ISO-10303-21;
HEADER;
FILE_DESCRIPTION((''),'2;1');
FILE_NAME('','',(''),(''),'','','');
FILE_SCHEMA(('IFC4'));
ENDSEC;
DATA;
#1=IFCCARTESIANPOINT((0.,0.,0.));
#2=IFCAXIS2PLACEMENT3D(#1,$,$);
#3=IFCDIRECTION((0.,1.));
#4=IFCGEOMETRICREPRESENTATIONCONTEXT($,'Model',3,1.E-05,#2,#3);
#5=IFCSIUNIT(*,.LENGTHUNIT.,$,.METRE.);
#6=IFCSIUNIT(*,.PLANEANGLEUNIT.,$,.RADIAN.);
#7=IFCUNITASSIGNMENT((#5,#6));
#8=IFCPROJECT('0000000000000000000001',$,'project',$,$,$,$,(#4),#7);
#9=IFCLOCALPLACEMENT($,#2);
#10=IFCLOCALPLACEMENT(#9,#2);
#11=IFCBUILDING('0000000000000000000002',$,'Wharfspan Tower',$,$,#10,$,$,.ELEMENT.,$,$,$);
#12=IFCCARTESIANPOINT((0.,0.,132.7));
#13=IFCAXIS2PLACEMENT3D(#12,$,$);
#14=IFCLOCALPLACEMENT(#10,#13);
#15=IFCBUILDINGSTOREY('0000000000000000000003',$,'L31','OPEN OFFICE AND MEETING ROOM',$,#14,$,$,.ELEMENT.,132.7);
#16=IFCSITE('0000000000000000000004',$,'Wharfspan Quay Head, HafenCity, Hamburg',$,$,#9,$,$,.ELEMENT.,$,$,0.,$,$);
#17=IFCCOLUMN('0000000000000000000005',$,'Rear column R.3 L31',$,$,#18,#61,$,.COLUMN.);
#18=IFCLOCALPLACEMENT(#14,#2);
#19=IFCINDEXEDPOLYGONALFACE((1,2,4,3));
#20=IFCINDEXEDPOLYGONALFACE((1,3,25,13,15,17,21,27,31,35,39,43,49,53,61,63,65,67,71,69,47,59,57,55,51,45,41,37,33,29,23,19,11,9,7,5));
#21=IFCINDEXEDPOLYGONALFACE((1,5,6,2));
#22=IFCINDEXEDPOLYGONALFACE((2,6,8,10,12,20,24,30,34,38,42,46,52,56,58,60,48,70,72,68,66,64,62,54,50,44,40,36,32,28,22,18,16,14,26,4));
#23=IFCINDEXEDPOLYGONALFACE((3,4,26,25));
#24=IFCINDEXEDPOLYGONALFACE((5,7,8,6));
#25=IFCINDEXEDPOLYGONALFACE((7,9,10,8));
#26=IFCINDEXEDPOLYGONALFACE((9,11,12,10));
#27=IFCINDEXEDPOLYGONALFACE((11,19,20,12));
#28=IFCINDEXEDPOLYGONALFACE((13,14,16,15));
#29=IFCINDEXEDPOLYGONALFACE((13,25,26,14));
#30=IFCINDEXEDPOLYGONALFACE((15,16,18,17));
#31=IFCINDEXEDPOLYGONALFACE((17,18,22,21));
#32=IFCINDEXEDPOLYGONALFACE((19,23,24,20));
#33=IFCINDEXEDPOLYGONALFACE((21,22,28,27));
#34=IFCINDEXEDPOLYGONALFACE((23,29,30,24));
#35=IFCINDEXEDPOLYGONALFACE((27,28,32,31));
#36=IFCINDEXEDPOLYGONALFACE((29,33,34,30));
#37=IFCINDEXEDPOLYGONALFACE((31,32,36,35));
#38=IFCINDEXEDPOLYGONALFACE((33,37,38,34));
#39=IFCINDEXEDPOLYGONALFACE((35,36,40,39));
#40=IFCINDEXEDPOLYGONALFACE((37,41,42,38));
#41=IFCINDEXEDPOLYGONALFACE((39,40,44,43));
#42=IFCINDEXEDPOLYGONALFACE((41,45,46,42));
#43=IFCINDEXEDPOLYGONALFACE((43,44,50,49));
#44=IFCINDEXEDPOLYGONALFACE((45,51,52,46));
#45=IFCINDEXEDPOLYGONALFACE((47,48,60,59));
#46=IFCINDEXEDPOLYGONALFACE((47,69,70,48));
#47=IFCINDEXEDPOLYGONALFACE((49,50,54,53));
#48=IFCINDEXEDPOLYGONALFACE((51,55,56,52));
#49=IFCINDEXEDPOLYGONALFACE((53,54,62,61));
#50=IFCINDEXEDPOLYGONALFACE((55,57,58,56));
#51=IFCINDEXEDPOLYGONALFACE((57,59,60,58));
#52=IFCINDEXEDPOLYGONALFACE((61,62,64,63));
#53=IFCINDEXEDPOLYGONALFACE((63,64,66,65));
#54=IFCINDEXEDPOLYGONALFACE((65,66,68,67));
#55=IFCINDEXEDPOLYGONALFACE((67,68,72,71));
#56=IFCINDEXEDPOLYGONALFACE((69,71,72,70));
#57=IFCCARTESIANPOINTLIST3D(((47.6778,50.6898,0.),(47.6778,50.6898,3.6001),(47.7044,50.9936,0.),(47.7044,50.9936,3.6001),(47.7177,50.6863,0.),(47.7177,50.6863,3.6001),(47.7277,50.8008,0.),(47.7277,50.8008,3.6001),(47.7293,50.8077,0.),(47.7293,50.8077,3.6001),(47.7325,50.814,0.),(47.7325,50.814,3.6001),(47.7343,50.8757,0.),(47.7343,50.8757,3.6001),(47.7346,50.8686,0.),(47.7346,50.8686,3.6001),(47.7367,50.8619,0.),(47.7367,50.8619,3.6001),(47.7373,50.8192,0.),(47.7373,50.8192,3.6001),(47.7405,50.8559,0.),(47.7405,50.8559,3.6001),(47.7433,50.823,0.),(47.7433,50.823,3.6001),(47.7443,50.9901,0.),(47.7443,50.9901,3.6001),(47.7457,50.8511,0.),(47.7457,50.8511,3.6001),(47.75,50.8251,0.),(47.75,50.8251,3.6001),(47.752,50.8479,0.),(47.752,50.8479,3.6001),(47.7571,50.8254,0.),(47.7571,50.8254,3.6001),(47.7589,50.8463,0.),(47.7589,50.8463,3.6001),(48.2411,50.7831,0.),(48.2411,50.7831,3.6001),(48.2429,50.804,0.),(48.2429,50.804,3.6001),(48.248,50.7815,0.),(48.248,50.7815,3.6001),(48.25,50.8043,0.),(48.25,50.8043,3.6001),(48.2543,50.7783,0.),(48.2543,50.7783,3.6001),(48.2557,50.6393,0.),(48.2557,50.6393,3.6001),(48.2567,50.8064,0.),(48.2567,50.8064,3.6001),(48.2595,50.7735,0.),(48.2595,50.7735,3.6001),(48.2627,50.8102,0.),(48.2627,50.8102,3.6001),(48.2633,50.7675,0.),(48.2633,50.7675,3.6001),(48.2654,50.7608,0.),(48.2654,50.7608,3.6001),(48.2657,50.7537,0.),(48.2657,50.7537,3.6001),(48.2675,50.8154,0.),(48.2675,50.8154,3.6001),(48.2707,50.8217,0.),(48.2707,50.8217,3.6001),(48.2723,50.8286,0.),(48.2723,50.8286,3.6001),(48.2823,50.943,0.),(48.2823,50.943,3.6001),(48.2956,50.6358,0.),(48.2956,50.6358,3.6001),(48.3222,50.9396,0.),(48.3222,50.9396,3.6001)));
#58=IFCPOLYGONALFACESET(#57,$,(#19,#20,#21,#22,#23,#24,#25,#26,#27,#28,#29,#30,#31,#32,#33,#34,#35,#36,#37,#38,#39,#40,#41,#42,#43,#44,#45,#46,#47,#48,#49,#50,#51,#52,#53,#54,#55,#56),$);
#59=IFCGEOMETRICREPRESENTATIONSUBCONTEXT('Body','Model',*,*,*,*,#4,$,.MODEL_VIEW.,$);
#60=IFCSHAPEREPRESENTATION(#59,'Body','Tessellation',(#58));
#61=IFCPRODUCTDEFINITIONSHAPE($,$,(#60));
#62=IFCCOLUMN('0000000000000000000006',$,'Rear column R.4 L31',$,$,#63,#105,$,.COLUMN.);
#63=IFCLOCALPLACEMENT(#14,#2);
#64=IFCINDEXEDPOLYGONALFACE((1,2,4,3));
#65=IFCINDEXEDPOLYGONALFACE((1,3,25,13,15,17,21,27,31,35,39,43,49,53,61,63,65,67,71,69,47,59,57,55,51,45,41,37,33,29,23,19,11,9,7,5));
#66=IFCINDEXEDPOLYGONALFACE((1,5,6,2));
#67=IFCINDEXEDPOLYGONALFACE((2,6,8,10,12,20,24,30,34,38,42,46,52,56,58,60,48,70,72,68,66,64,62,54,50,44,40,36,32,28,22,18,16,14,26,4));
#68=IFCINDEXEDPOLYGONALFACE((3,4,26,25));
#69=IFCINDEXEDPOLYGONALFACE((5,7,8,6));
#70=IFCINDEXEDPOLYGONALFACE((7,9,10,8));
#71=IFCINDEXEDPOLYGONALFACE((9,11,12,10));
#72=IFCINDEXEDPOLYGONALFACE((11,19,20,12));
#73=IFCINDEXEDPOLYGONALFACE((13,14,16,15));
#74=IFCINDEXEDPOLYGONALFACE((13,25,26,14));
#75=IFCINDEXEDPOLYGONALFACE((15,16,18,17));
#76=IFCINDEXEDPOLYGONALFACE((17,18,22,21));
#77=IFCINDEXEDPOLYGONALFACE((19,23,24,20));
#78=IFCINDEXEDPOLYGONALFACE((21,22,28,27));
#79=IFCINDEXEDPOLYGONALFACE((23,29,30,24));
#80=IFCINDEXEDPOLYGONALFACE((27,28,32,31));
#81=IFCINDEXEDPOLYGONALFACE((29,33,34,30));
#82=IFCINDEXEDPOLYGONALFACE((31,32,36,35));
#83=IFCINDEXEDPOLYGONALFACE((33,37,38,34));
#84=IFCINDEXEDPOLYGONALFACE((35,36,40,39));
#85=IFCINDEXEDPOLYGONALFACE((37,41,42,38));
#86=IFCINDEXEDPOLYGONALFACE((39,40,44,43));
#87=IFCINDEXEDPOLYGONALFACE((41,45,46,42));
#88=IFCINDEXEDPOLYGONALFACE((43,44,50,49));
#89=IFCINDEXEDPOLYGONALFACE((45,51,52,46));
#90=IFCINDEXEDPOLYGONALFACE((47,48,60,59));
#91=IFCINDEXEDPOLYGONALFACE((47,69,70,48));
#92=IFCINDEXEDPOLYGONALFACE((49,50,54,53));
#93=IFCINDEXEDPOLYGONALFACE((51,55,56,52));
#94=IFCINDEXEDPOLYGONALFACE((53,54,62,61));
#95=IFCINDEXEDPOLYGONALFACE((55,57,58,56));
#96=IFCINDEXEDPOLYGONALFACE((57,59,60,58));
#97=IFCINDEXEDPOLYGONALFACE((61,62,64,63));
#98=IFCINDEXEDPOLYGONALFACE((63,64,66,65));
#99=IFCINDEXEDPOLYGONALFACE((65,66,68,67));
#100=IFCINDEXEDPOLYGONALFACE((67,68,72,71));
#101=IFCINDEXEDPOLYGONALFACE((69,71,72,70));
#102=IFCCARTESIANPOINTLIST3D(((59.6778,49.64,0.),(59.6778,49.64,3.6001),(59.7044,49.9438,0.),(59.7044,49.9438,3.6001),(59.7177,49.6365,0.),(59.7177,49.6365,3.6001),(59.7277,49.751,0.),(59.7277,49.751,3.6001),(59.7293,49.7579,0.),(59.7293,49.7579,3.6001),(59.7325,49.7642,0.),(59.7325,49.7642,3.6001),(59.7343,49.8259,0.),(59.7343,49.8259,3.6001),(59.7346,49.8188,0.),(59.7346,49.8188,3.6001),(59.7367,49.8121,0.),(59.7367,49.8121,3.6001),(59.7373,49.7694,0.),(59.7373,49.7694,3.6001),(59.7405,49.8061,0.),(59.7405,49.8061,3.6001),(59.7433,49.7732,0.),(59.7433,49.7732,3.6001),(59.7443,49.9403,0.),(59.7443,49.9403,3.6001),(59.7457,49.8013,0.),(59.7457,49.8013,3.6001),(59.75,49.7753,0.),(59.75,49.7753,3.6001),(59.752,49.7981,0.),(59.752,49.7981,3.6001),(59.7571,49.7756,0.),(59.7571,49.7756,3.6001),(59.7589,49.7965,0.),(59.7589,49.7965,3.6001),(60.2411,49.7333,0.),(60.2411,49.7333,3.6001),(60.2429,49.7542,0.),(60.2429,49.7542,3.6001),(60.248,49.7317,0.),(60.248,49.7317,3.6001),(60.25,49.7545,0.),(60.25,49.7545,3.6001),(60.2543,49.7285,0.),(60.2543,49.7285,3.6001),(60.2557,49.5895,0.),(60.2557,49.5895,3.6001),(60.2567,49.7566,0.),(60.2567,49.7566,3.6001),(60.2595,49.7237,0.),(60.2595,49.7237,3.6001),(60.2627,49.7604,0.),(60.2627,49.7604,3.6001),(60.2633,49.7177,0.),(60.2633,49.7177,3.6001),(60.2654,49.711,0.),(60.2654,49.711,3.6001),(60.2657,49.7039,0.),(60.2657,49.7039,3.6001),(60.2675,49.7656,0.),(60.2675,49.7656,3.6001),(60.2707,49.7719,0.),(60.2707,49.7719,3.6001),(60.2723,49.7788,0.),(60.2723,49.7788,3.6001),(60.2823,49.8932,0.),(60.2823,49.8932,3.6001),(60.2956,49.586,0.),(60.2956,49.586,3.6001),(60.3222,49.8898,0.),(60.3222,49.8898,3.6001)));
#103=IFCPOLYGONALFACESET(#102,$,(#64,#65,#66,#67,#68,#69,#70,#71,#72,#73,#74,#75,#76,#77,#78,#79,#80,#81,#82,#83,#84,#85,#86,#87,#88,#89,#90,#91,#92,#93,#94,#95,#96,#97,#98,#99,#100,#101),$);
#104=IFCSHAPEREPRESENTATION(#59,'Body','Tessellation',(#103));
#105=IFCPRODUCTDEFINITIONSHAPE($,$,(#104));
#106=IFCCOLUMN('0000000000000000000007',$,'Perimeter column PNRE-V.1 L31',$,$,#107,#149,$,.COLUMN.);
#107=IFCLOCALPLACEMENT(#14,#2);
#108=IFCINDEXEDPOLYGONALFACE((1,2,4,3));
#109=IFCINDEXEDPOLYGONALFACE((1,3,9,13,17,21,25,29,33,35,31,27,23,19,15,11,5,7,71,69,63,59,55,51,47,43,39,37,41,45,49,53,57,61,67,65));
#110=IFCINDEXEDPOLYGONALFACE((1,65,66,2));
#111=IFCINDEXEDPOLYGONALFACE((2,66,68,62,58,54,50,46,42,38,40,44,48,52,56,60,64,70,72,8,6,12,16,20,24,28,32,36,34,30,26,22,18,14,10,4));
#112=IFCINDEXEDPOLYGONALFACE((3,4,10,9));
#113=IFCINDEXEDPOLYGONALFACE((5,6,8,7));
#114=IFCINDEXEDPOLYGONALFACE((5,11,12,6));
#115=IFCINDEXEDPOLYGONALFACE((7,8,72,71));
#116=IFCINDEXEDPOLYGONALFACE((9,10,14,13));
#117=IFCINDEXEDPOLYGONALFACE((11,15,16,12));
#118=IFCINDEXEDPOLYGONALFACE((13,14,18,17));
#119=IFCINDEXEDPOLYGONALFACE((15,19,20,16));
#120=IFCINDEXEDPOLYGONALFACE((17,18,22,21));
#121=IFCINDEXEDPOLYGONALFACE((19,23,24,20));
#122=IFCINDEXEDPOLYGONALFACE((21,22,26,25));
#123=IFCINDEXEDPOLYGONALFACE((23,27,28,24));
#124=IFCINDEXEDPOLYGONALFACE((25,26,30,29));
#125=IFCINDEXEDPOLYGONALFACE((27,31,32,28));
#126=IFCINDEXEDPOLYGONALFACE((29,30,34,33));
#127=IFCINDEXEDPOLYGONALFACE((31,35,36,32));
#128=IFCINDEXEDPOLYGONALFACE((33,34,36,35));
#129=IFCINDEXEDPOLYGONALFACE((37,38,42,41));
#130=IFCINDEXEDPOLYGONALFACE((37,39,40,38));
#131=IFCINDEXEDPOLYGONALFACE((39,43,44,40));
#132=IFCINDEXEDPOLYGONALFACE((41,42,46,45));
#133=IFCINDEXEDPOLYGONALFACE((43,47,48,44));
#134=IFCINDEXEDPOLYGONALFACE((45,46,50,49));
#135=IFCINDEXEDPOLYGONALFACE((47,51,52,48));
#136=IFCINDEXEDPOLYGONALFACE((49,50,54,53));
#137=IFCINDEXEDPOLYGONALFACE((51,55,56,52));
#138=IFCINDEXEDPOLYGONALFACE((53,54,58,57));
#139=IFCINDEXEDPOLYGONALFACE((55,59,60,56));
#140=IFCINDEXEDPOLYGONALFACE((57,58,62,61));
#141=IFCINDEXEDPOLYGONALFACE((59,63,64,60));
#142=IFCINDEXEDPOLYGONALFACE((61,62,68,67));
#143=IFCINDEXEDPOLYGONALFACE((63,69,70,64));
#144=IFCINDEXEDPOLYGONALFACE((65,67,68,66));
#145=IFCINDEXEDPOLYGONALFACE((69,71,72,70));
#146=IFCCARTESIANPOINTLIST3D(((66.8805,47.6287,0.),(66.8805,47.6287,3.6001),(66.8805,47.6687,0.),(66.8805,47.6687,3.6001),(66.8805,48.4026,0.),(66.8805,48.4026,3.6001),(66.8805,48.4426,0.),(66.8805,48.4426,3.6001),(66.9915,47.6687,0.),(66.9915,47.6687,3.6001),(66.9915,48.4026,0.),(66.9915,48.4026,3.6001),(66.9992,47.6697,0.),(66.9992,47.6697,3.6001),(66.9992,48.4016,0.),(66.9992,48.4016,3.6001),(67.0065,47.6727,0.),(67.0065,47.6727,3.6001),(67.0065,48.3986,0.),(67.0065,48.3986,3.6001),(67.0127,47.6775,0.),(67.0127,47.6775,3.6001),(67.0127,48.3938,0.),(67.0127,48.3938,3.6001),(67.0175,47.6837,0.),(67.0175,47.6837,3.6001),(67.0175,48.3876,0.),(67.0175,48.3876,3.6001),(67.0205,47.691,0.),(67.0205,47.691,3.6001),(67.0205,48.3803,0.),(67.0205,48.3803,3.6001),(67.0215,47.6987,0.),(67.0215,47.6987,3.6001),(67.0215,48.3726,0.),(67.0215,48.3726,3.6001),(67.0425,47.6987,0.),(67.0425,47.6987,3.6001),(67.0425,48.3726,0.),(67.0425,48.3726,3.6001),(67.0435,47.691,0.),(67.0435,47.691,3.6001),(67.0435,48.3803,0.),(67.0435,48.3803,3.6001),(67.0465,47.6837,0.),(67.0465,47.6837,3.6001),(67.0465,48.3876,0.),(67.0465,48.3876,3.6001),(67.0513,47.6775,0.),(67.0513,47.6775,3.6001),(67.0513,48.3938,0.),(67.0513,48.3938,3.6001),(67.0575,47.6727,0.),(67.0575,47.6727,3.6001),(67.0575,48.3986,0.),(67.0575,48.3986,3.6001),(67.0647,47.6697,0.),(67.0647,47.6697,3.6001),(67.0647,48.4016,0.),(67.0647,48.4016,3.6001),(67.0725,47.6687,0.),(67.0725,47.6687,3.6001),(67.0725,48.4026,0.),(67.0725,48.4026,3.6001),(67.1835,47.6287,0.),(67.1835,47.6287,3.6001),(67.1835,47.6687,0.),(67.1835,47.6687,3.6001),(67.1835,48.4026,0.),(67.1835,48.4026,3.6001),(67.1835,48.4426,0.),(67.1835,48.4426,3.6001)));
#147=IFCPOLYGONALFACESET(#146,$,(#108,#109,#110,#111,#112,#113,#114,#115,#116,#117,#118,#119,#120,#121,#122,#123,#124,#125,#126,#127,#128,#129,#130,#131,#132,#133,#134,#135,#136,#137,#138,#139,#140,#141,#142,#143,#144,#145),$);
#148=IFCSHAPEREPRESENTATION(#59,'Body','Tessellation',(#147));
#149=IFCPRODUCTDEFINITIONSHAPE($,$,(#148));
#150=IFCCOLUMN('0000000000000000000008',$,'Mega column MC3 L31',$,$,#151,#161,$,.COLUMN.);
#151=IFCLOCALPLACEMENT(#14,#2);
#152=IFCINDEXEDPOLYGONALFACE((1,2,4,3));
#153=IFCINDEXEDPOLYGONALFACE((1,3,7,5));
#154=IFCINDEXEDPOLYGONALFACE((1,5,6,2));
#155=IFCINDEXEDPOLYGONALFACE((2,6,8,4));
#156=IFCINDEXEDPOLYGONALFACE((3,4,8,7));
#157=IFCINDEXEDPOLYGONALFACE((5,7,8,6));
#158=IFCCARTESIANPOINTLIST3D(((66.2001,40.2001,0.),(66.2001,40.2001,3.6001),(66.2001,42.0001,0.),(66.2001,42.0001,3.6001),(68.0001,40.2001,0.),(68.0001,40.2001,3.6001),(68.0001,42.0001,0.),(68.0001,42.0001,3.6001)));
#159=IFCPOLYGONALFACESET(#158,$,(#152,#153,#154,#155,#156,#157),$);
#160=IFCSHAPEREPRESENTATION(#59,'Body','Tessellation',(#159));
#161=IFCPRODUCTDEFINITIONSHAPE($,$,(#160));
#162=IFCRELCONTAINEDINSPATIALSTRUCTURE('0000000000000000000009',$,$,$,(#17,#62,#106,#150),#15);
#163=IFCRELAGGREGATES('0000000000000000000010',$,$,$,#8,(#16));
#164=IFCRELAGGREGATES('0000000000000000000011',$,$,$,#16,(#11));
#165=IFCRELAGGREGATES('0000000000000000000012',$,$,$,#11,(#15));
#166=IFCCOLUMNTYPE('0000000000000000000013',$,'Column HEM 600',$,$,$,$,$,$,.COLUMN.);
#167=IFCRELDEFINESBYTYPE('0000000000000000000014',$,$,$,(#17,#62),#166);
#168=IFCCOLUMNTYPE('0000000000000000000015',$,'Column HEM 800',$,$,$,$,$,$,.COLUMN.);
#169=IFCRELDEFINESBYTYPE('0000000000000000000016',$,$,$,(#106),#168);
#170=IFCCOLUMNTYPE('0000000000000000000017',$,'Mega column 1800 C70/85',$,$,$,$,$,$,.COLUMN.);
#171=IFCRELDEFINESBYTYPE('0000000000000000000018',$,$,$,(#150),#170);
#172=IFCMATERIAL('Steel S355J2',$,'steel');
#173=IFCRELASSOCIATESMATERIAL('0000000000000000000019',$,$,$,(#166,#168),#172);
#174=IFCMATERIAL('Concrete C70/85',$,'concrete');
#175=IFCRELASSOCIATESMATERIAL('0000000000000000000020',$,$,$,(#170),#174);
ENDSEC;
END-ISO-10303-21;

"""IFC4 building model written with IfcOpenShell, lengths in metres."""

from ifc_helpers import new_model, si_unit, direction, frame, origin, origin_2d, place, context, subcontext, project, spatial, rectangle, i_section, extrude, material, material_profile, profile_set, type_object, element, save


model = new_model("IFC4")

# Units and contexts
model_context = context("Model", 3, precision=1e-05, world=origin(), true_north=direction((0.0, 1.0)))
body_context = subcontext(model_context, "Body", "Model", "MODEL_VIEW")
ifc_project = project(units=[si_unit("LENGTHUNIT", "METRE"), si_unit("PLANEANGLEUNIT", "RADIAN")], contexts=[model_context])

# Site, building, storey
site_placement = place(None, origin())
site = spatial("IfcSite", under=ifc_project, at=site_placement, Name="Wharfspan Quay Head, HafenCity, Hamburg", CompositionType="ELEMENT", RefElevation=0.0)
building_placement = place(site_placement, origin())
building = spatial("IfcBuilding", under=site, at=building_placement, Name="Wharfspan Tower", CompositionType="ELEMENT")
storey_placement = place(building_placement, frame((0.0, 0.0, 132.7)))
storey = spatial("IfcBuildingStorey", under=building, at=storey_placement, Name="L31", Description="OPEN OFFICE AND MEETING ROOM", CompositionType="ELEMENT", Elevation=132.7)

# Columns
ifc_material_1 = material(Name="Steel S355J2", Category="steel")
ifc_material_profile_1 = material_profile(ifc_material_1, i_section(OverallWidth=0.3049, OverallDepth=0.6201, WebThickness=0.021, FlangeThickness=0.04, FilletRadius=0.0271, at=origin_2d()))
ifc_profile_set_1 = profile_set([ifc_material_profile_1], Name="Steel S355J2")
column_type_1 = type_object("IfcColumnType", Name="Column HEM 600", PredefinedType="COLUMN", material=ifc_profile_set_1)
for number, where, z_axis, x_axis, name in (
    (1, (48.0, 50.8147, 0.0), (0.0, 0.0, 1.0), (0.087156, 0.996198, 0.0), "Rear column R.3 L31"),
    (2, (60.0, 49.7649, 0.0), (0.0, 0.0, 1.0), (0.087156, 0.996198, 0.0), "Rear column R.4 L31"),
):
    element("IfcColumn", number, at=place(storey_placement, frame(where, z_axis=z_axis, x_axis=x_axis)), inside=storey, type_object=column_type_1, Name=name, PredefinedType="COLUMN", context=body_context, shape_type="SweptSolid", body=[
        extrude(i_section(OverallWidth=0.3049, OverallDepth=0.6201, WebThickness=0.021, FlangeThickness=0.04, FilletRadius=0.0271, at=origin_2d()), origin(), (0.0, 0.0, 1.0), 3.6001),
    ])
ifc_material_profile_2 = material_profile(ifc_material_1, i_section(OverallWidth=0.303, OverallDepth=0.814, WebThickness=0.021, FlangeThickness=0.04, FilletRadius=0.03, at=origin_2d()))
ifc_profile_set_2 = profile_set([ifc_material_profile_2], Name="Steel S355J2")
column_type_2 = type_object("IfcColumnType", Name="Column HEM 800", PredefinedType="COLUMN", material=ifc_profile_set_2)
column_1_placement = place(storey_placement, frame((67.032, 48.0356, 0.0), z_axis=(0.0, 0.0, 1.0), x_axis=(1.0, 0.0, 0.0)))
element("IfcColumn", 3, at=column_1_placement, inside=storey, type_object=column_type_2, Name="Perimeter column PNRE-V.1 L31", PredefinedType="COLUMN", context=body_context, shape_type="SweptSolid", body=[
    extrude(i_section(OverallWidth=0.303, OverallDepth=0.814, WebThickness=0.021, FlangeThickness=0.04, FilletRadius=0.03, at=origin_2d()), origin(), (0.0, 0.0, 1.0), 3.6001),
])
ifc_material_2 = material(Name="Concrete C70/85", Category="concrete")
ifc_material_profile_3 = material_profile(ifc_material_2, rectangle(XDim=1.8, YDim=1.8, at=origin_2d()))
ifc_profile_set_3 = profile_set([ifc_material_profile_3], Name="Concrete C70/85")
column_type_3 = type_object("IfcColumnType", Name="Mega column 1800 C70/85", PredefinedType="COLUMN", material=ifc_profile_set_3)
column_2_placement = place(storey_placement, frame((67.1001, 41.1001, 0.0), z_axis=(0.0, 0.0, 1.0), x_axis=(1.0, 0.0, 0.0)))
element("IfcColumn", 4, at=column_2_placement, inside=storey, type_object=column_type_3, Name="Mega column MC3 L31", PredefinedType="COLUMN", context=body_context, shape_type="SweptSolid", body=[
    extrude(rectangle(XDim=1.8, YDim=1.8, at=origin_2d()), origin(), (0.0, 0.0, 1.0), 3.6001),
])

save(model, "model.ifc")
